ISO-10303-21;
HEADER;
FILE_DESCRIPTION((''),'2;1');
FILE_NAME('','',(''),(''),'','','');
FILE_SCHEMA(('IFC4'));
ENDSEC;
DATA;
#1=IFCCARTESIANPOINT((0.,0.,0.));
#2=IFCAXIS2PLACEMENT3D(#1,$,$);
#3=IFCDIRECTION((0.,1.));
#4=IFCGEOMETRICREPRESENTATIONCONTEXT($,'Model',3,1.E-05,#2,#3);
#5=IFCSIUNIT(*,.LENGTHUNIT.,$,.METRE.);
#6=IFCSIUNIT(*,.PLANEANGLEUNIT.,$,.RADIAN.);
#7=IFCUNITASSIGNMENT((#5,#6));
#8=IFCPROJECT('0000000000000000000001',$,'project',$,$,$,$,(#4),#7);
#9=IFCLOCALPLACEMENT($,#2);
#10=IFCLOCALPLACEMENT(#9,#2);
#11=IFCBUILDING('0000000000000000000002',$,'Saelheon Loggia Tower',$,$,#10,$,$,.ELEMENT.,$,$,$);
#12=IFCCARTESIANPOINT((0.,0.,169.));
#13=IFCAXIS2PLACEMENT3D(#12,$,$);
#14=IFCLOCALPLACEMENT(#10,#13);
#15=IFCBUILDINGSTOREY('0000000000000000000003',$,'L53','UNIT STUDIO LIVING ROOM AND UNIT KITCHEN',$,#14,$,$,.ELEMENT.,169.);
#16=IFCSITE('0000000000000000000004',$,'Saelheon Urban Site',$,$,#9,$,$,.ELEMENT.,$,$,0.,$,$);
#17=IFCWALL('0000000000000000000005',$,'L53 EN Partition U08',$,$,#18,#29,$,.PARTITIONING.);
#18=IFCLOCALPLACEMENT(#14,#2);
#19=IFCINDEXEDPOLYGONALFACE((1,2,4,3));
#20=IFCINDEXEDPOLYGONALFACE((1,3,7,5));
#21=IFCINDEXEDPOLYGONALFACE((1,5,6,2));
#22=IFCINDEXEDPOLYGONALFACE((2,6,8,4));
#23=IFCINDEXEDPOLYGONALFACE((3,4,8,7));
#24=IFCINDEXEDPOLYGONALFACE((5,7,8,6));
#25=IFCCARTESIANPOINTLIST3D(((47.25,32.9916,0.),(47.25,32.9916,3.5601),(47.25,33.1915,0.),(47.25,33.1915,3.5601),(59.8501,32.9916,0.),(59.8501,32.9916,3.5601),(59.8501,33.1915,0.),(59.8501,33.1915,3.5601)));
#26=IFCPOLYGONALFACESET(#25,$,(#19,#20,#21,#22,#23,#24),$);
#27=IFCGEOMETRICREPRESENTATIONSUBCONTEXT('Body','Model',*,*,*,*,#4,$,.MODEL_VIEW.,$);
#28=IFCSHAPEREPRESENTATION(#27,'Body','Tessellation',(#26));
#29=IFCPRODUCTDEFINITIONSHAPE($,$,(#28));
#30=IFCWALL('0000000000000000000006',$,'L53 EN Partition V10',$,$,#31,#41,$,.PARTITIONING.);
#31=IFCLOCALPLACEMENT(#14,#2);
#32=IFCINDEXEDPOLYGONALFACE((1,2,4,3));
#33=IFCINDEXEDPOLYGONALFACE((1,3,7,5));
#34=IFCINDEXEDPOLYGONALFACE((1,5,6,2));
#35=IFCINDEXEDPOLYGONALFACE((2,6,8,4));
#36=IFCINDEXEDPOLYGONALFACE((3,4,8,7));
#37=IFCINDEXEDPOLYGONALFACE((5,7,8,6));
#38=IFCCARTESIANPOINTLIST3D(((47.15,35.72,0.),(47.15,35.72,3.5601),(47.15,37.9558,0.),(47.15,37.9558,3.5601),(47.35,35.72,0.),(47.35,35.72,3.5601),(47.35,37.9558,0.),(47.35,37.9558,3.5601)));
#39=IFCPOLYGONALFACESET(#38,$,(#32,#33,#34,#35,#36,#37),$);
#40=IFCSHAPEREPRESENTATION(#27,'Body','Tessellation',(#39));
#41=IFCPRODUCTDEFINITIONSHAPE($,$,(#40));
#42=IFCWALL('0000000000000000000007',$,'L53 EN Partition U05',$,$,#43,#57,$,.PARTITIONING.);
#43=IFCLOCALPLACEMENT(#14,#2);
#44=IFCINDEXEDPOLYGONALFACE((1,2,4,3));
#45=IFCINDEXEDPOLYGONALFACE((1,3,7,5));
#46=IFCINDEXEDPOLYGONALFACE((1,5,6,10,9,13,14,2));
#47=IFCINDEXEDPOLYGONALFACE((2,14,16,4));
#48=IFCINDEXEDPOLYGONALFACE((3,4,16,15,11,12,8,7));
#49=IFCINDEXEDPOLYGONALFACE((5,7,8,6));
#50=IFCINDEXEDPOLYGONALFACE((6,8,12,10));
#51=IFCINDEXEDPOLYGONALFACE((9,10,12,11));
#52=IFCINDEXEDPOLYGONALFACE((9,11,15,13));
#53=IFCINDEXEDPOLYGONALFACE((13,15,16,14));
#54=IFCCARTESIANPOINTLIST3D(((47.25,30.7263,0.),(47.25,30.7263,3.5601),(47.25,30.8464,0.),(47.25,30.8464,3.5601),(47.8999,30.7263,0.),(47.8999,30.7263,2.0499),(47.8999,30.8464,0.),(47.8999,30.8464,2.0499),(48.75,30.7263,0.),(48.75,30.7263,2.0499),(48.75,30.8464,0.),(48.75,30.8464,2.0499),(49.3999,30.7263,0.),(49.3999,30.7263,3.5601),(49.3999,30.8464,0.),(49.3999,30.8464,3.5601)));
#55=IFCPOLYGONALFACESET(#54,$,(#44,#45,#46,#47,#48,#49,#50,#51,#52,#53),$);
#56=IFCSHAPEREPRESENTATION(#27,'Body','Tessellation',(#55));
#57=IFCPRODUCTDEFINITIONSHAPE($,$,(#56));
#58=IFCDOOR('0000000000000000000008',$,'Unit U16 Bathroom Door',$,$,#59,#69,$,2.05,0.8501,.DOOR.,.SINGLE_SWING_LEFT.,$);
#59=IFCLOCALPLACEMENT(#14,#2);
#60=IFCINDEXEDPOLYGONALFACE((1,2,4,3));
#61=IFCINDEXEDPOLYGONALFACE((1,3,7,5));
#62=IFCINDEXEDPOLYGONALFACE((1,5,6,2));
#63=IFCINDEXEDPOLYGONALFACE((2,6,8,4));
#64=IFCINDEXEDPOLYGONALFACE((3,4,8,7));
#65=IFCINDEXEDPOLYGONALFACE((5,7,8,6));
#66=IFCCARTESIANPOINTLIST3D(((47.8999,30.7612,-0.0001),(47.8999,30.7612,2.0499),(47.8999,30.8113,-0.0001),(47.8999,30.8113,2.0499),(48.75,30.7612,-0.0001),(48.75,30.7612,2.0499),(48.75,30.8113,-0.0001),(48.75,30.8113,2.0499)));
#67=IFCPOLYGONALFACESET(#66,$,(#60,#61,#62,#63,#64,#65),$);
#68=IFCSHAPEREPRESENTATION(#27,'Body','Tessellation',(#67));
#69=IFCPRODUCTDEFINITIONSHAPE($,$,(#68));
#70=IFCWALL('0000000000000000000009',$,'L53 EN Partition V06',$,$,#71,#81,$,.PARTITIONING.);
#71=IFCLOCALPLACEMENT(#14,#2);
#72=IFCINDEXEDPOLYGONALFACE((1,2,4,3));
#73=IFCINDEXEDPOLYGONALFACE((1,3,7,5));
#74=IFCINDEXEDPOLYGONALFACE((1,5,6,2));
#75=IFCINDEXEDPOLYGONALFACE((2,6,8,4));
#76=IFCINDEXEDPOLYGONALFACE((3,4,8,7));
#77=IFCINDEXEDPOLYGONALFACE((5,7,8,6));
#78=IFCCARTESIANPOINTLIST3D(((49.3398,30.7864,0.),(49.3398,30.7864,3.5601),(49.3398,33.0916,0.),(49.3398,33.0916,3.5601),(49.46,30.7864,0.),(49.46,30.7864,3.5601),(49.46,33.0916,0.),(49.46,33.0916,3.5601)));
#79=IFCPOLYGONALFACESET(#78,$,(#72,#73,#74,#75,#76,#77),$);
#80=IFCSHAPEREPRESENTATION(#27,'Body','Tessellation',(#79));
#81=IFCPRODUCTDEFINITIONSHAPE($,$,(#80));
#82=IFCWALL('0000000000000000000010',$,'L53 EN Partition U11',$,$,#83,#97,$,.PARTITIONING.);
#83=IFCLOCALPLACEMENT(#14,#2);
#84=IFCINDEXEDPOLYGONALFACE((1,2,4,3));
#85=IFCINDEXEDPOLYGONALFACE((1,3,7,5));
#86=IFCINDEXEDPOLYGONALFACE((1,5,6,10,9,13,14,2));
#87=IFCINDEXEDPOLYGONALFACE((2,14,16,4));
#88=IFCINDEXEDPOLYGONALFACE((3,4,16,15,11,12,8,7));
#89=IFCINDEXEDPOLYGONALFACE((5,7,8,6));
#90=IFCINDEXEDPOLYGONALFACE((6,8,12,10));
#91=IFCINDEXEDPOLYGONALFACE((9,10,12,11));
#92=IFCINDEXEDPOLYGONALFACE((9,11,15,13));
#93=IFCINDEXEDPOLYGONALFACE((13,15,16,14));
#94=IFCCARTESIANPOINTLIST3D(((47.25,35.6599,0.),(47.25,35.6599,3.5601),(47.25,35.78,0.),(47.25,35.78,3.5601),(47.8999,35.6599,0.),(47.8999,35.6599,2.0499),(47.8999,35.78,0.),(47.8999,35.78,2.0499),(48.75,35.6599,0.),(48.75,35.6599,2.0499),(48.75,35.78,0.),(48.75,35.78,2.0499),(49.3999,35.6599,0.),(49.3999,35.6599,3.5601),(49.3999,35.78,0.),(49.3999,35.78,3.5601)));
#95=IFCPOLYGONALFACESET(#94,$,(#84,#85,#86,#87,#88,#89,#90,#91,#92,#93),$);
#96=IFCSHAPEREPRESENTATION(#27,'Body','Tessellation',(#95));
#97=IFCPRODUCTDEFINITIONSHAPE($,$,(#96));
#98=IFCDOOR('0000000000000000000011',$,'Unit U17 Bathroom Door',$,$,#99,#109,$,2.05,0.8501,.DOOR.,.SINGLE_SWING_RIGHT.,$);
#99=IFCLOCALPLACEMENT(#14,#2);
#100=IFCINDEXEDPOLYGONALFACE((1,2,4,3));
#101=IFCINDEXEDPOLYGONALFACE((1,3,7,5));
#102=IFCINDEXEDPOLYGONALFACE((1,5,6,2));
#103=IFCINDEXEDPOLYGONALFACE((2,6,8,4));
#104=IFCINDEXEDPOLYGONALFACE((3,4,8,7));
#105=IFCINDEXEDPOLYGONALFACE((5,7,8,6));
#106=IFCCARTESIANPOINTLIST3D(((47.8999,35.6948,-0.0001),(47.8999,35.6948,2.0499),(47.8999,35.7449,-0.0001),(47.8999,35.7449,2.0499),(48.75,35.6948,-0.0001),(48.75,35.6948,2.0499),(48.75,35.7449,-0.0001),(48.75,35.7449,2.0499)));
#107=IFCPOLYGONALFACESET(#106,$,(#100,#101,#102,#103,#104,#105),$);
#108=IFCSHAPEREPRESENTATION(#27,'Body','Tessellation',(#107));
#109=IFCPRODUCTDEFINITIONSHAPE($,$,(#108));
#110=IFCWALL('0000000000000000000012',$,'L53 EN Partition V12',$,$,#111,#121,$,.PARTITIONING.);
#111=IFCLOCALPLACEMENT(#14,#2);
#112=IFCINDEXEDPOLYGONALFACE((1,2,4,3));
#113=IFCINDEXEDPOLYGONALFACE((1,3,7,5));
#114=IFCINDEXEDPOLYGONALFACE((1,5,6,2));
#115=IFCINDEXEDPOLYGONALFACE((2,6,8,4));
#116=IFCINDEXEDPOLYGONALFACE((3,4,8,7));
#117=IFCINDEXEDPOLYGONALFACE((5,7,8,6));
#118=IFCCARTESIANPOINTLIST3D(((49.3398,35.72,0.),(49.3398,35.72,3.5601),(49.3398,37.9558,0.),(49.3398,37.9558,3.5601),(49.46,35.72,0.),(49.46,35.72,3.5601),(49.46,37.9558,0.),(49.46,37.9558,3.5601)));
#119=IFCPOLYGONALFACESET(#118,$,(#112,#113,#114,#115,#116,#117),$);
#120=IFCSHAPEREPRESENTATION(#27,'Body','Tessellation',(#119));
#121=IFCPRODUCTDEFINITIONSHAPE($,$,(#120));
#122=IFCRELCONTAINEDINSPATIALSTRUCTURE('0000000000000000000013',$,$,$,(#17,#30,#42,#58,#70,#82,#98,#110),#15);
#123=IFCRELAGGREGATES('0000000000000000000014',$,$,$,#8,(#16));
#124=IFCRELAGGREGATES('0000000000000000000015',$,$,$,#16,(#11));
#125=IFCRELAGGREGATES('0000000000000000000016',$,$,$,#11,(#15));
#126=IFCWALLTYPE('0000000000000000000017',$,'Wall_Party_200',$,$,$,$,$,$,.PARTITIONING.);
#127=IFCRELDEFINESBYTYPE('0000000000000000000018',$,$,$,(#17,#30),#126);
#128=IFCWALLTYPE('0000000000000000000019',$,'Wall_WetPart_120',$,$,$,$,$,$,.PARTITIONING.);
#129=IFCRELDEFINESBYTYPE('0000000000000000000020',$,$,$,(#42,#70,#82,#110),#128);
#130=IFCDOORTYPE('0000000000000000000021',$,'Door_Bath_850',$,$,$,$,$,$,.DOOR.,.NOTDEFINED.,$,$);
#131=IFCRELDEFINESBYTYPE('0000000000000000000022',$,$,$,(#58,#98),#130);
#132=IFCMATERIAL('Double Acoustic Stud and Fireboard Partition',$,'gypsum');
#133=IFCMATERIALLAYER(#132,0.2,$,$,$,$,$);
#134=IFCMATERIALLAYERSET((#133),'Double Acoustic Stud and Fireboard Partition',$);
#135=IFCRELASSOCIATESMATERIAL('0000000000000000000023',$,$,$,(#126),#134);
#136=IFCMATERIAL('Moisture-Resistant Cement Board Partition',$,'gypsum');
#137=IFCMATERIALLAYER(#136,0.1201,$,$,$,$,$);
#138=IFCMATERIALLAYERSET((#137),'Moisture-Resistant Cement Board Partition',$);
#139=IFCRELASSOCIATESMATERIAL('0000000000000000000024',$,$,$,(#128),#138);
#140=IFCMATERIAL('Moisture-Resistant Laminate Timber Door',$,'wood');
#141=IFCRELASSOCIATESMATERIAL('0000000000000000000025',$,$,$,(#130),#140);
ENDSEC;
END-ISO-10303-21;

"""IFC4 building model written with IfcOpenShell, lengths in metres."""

from ifc_helpers import new_model, si_unit, direction, frame, frame_2d, origin, place, context, subcontext, project, spatial, rectangle, extrude, source, transform, mapped, material, layer, layer_set, type_object, element, fill, save


model = new_model("IFC4")

# Units and contexts
model_context = context("Model", 3, precision=1e-05, world=origin(), true_north=direction((0.0, 1.0)))
body_context = subcontext(model_context, "Body", "Model", "MODEL_VIEW")
ifc_project = project(units=[si_unit("LENGTHUNIT", "METRE"), si_unit("PLANEANGLEUNIT", "RADIAN")], contexts=[model_context])

# Site, building, storey
site_placement = place(None, origin())
site = spatial("IfcSite", under=ifc_project, at=site_placement, Name="Saelheon Urban Site", CompositionType="ELEMENT", RefElevation=0.0)
building_placement = place(site_placement, origin())
building = spatial("IfcBuilding", under=site, at=building_placement, Name="Saelheon Loggia Tower", CompositionType="ELEMENT")
storey_placement = place(building_placement, frame((0.0, 0.0, 169.0)))
storey = spatial("IfcBuildingStorey", under=building, at=storey_placement, Name="L53", Description="UNIT STUDIO LIVING ROOM AND UNIT KITCHEN", CompositionType="ELEMENT", Elevation=169.0)

# Shared definitions
ifc_material_1 = material(Name="Double Acoustic Stud and Fireboard Partition", Category="gypsum")
ifc_layer_1 = layer(ifc_material_1, 0.2)
ifc_layer_set_1 = layer_set([ifc_layer_1], Name="Double Acoustic Stud and Fireboard Partition")
wall_type_1 = type_object("IfcWallType", Name="Wall_Party_200", PredefinedType="PARTITIONING", material=ifc_layer_set_1)

# Wall
wall_1_placement = place(storey_placement, frame((47.25, 33.0916, 0.0), z_axis=(0.0, 0.0, 1.0), x_axis=(1.0, 0.0, 0.0)))
element("IfcWall", 1, at=wall_1_placement, inside=storey, type_object=wall_type_1, Name="L53 EN Partition U08", PredefinedType="PARTITIONING", context=body_context, shape_type="SweptSolid", body=[
    extrude(rectangle(XDim=12.6001, YDim=0.2, at=frame_2d((6.3, 0.0))), origin(), (0.0, 0.0, 1.0), 3.5601),
])

# Wall
wall_2_placement = place(storey_placement, frame((47.25, 35.72, 0.0), z_axis=(0.0, 0.0, 1.0), x_axis=(0.0, 1.0, 0.0)))
element("IfcWall", 2, at=wall_2_placement, inside=storey, type_object=wall_type_1, Name="L53 EN Partition V10", PredefinedType="PARTITIONING", context=body_context, shape_type="SweptSolid", body=[
    extrude(rectangle(XDim=2.2358, YDim=0.2, at=frame_2d((1.1179, 0.0))), origin(), (0.0, 0.0, 1.0), 3.5601),
])

# Wall, opening, door
ifc_material_2 = material(Name="Moisture-Resistant Cement Board Partition", Category="gypsum")
ifc_layer_2 = layer(ifc_material_2, 0.1201)
ifc_layer_set_2 = layer_set([ifc_layer_2], Name="Moisture-Resistant Cement Board Partition")
wall_type_2 = type_object("IfcWallType", Name="Wall_WetPart_120", PredefinedType="PARTITIONING", material=ifc_layer_set_2)
wall_3_placement = place(storey_placement, frame((47.25, 30.7864, 0.0), z_axis=(0.0, 0.0, 1.0), x_axis=(1.0, 0.0, 0.0)))
wall_3 = element("IfcWall", 3, at=wall_3_placement, inside=storey, type_object=wall_type_2, Name="L53 EN Partition U05", PredefinedType="PARTITIONING", context=body_context, shape_type="SweptSolid", body=[
    extrude(rectangle(XDim=2.1499, YDim=0.1201, at=frame_2d((1.075, 0.0))), origin(), (0.0, 0.0, 1.0), 3.5601),
])
opening_1_placement = place(wall_3_placement, frame((0.6499, 0.0, 0.0)))
opening_1 = element("IfcOpeningElement", 4, at=opening_1_placement, cuts=wall_3, PredefinedType="OPENING", context=body_context, shape_type="SweptSolid", body=[
    extrude(rectangle(XDim=0.8501, YDim=2.05, at=frame_2d((0.425, 1.0249))), frame((0.0, 0.072, 0.0), z_axis=(0.0, -1.0, 0.0), x_axis=(1.0, 0.0, 0.0)), (0.0, 0.0, 1.0), 0.144),
])
ifc_material_3 = material(Name="Moisture-Resistant Laminate Timber Door", Category="wood")
door_type_1 = type_object("IfcDoorType", Name="Door_Bath_850", OperationType="NOTDEFINED", PredefinedType="DOOR", material=ifc_material_3)
shared_shape_1 = source(origin(), body_context, "Body", "SweptSolid", [
    extrude(rectangle(XDim=0.8501, YDim=2.05, at=frame_2d((0.425, 1.0249))), frame((0.0, 0.0249, 0.0), z_axis=(0.0, -1.0, 0.0), x_axis=(1.0, 0.0, 0.0)), (0.0, 0.0, 1.0), 0.05),
])
door_1_placement = place(opening_1_placement, origin())
door_1 = element("IfcDoor", 5, at=door_1_placement, inside=storey, type_object=door_type_1, Name="Unit U16 Bathroom Door", OperationType="SINGLE_SWING_LEFT", OverallHeight=2.05, OverallWidth=0.8501, PredefinedType="DOOR", context=body_context, shape_type="MappedRepresentation", body=[
    mapped(shared_shape_1, transform((0.0, 0.0, 0.0), scale=1.0)),
])
fill(opening_1, door_1)

# Wall
wall_4_placement = place(storey_placement, frame((49.3999, 30.7864, 0.0), z_axis=(0.0, 0.0, 1.0), x_axis=(0.0, 1.0, 0.0)))
element("IfcWall", 6, at=wall_4_placement, inside=storey, type_object=wall_type_2, Name="L53 EN Partition V06", PredefinedType="PARTITIONING", context=body_context, shape_type="SweptSolid", body=[
    extrude(rectangle(XDim=2.3052, YDim=0.1201, at=frame_2d((1.1526, 0.0))), origin(), (0.0, 0.0, 1.0), 3.5601),
])

# Wall, opening, door
wall_5_placement = place(storey_placement, frame((47.25, 35.72, 0.0), z_axis=(0.0, 0.0, 1.0), x_axis=(1.0, 0.0, 0.0)))
wall_5 = element("IfcWall", 7, at=wall_5_placement, inside=storey, type_object=wall_type_2, Name="L53 EN Partition U11", PredefinedType="PARTITIONING", context=body_context, shape_type="SweptSolid", body=[
    extrude(rectangle(XDim=2.1499, YDim=0.1201, at=frame_2d((1.075, 0.0))), origin(), (0.0, 0.0, 1.0), 3.5601),
])
opening_2_placement = place(wall_5_placement, frame((0.6499, 0.0, 0.0)))
opening_2 = element("IfcOpeningElement", 8, at=opening_2_placement, cuts=wall_5, PredefinedType="OPENING", context=body_context, shape_type="SweptSolid", body=[
    extrude(rectangle(XDim=0.8501, YDim=2.05, at=frame_2d((0.425, 1.0249))), frame((0.0, 0.072, 0.0), z_axis=(0.0, -1.0, 0.0), x_axis=(1.0, 0.0, 0.0)), (0.0, 0.0, 1.0), 0.144),
])
door_2_placement = place(opening_2_placement, origin())
door_2 = element("IfcDoor", 9, at=door_2_placement, inside=storey, type_object=door_type_1, Name="Unit U17 Bathroom Door", OperationType="SINGLE_SWING_RIGHT", OverallHeight=2.05, OverallWidth=0.8501, PredefinedType="DOOR", context=body_context, shape_type="MappedRepresentation", body=[
    mapped(shared_shape_1, transform((0.0, 0.0, 0.0), scale=1.0)),
])
fill(opening_2, door_2)

# Wall
wall_6_placement = place(storey_placement, frame((49.3999, 35.72, 0.0), z_axis=(0.0, 0.0, 1.0), x_axis=(0.0, 1.0, 0.0)))
element("IfcWall", 10, at=wall_6_placement, inside=storey, type_object=wall_type_2, Name="L53 EN Partition V12", PredefinedType="PARTITIONING", context=body_context, shape_type="SweptSolid", body=[
    extrude(rectangle(XDim=2.2358, YDim=0.1201, at=frame_2d((1.1179, 0.0))), origin(), (0.0, 0.0, 1.0), 3.5601),
])

save(model, "model.ifc")
